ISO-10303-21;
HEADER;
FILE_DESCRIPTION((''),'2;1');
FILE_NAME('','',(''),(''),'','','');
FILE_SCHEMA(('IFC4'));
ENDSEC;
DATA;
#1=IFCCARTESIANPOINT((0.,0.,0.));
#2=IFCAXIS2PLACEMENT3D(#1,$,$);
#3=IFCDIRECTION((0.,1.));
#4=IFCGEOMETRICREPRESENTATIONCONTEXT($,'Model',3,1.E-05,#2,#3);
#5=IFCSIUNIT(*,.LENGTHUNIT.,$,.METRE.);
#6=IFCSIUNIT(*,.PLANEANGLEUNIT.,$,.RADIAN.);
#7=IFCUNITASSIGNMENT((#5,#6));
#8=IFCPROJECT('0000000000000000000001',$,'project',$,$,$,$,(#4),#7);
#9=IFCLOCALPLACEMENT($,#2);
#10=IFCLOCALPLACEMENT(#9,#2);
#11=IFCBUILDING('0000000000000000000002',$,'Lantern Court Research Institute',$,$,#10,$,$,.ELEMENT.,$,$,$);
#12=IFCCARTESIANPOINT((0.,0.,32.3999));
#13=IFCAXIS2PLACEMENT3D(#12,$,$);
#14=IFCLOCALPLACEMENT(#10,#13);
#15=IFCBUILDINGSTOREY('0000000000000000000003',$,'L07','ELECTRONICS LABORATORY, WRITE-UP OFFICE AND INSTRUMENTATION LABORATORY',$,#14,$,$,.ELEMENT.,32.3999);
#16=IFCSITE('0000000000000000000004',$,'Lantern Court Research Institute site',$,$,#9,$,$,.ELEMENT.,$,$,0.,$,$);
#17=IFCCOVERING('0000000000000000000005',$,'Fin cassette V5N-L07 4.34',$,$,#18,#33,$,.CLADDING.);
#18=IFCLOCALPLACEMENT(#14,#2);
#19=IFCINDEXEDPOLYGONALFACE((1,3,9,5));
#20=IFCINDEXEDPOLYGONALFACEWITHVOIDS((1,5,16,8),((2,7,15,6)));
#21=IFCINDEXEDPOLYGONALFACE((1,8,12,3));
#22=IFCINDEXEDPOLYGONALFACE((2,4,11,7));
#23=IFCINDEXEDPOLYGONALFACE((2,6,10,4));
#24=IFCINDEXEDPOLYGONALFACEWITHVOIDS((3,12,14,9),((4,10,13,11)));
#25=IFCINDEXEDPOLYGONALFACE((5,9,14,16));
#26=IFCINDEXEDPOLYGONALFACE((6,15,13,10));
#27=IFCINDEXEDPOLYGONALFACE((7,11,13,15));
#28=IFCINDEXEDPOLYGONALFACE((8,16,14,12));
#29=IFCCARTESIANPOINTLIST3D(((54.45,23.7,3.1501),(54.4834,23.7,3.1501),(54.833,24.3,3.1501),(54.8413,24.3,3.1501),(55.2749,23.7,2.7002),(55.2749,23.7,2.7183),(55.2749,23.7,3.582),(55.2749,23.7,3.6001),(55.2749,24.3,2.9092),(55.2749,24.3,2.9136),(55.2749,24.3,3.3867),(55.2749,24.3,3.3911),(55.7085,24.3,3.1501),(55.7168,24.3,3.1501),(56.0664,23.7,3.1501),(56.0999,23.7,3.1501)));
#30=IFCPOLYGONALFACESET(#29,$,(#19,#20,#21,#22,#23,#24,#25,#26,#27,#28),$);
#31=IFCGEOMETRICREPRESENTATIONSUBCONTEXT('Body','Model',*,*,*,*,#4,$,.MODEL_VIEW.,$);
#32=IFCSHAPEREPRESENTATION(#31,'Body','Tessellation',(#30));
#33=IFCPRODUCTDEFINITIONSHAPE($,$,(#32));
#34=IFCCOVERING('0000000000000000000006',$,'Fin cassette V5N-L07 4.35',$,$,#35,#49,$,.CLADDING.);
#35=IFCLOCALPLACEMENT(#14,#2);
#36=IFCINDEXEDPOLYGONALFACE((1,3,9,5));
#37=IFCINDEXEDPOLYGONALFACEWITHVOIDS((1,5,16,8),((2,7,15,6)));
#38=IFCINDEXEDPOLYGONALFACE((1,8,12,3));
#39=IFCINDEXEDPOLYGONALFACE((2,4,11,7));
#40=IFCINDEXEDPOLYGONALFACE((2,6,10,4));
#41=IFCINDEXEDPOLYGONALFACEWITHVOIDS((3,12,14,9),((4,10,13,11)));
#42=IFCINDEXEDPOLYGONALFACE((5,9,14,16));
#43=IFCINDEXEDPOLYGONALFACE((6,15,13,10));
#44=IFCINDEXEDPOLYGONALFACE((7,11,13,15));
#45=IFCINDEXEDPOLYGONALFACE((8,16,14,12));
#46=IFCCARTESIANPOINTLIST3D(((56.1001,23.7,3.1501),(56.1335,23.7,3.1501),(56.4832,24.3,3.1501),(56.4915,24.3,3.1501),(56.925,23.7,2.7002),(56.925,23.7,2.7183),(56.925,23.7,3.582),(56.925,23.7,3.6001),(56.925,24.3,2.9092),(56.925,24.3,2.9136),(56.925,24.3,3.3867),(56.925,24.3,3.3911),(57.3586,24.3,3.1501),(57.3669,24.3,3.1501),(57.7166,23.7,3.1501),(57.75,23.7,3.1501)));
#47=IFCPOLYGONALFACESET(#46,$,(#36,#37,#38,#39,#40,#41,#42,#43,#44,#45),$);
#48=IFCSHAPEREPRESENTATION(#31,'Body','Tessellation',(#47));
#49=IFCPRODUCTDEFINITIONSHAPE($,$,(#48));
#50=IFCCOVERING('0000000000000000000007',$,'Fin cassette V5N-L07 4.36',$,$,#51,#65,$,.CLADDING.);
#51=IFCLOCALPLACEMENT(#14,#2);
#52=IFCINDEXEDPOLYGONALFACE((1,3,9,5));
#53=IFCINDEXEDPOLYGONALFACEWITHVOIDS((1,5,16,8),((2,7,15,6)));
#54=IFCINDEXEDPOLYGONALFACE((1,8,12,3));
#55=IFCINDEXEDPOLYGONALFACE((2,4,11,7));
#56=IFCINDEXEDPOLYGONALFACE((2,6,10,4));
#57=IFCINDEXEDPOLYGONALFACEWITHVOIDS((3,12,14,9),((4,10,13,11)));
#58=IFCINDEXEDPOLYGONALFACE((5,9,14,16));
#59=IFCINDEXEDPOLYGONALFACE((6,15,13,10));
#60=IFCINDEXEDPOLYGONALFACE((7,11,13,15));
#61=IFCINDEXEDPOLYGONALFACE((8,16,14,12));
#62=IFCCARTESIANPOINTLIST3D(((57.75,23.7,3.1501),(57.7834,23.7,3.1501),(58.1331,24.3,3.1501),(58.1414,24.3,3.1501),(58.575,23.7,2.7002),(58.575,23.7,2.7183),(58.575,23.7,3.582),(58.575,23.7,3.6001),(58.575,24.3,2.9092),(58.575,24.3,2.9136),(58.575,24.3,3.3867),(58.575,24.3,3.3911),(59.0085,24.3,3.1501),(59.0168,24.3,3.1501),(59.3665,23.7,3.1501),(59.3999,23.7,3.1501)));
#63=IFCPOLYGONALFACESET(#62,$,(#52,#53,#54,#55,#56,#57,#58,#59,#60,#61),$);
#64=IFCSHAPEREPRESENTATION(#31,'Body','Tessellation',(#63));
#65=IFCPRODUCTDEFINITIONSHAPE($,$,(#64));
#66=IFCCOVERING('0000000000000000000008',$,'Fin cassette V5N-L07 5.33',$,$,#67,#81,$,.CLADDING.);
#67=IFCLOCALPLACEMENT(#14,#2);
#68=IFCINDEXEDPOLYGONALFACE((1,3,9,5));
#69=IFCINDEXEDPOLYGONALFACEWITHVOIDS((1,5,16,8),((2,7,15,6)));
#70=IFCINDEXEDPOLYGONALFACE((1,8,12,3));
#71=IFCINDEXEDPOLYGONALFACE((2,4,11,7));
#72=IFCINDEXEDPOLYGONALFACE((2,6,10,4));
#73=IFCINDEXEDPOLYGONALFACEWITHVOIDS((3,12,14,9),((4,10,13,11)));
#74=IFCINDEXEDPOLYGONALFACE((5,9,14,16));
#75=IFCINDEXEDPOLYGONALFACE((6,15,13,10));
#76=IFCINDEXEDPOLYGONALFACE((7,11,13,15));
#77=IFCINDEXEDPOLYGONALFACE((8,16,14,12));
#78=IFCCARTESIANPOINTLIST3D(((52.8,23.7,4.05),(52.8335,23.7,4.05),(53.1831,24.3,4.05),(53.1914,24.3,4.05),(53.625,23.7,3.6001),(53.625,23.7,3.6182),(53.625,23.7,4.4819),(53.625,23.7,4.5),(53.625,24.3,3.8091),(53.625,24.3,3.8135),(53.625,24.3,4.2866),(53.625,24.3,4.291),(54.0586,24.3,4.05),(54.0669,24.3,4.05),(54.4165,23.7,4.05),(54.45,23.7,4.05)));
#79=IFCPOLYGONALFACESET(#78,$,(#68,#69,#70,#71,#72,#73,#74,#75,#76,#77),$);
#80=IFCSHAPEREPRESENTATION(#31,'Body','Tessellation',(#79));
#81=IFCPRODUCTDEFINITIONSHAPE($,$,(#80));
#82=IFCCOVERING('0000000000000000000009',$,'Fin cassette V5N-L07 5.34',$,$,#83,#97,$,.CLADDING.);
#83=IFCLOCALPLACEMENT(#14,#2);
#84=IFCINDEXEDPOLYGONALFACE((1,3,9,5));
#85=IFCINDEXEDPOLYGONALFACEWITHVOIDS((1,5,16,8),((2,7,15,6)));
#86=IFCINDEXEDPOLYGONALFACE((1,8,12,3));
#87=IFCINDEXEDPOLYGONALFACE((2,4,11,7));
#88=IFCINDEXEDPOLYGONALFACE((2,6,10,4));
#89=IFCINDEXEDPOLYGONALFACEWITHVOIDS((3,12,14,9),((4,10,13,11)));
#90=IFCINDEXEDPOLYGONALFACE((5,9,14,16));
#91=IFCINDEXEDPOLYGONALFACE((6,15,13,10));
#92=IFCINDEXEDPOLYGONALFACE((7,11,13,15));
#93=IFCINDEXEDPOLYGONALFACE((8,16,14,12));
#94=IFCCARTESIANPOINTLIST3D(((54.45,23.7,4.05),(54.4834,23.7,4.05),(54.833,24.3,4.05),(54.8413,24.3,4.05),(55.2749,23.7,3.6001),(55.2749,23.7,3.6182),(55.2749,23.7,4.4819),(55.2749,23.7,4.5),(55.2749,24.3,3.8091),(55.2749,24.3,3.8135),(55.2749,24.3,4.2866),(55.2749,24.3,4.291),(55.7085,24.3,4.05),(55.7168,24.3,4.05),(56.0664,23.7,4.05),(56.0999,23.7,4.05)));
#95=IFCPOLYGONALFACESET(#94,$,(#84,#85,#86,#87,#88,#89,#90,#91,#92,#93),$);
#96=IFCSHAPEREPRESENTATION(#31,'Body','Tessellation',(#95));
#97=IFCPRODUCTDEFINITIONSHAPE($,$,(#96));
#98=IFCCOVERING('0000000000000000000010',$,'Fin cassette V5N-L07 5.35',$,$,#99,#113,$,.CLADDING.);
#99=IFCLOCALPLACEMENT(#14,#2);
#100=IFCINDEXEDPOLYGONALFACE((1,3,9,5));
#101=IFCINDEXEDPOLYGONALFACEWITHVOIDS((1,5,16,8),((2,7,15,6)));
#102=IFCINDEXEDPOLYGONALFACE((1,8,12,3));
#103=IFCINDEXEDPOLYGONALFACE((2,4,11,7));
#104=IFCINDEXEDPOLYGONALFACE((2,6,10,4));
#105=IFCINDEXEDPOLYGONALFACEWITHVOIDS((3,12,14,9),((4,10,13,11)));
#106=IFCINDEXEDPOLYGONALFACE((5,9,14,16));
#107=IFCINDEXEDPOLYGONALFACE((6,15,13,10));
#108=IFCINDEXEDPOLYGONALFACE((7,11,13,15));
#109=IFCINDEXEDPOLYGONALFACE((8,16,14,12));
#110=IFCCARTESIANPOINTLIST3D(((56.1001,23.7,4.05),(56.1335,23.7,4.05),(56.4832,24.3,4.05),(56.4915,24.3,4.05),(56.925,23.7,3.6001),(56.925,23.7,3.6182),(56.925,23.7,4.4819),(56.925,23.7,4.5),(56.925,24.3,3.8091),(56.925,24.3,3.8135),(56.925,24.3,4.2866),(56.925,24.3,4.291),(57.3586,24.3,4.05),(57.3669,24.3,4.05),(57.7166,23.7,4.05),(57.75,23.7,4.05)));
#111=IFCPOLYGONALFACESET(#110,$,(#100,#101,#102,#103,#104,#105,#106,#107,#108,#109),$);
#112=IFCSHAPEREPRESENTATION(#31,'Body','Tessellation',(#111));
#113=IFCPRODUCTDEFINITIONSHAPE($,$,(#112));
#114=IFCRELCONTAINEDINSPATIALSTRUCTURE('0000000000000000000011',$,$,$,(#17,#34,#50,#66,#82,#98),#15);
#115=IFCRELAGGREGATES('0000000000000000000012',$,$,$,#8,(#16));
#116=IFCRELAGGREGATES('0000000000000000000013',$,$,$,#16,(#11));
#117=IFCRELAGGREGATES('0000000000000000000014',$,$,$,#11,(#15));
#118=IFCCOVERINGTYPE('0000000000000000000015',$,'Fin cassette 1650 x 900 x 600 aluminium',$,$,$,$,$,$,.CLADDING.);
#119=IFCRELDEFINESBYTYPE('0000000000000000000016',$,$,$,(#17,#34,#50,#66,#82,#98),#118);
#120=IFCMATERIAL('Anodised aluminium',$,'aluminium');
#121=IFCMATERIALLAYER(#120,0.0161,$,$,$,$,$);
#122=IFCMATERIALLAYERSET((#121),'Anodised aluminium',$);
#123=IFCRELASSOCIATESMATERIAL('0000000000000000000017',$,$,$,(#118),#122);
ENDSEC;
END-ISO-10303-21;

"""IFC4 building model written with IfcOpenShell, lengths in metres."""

from ifc_helpers import new_model, entity, si_unit, direction, frame, origin, place, context, subcontext, project, spatial, material, layer, layer_set, type_object, element, save


model = new_model("IFC4")

# Units and contexts
model_context = context("Model", 3, precision=1e-05, world=origin(), true_north=direction((0.0, 1.0)))
body_context = subcontext(model_context, "Body", "Model", "MODEL_VIEW")
ifc_project = project(units=[si_unit("LENGTHUNIT", "METRE"), si_unit("PLANEANGLEUNIT", "RADIAN")], contexts=[model_context])

# Site, building, storey
site_placement = place(None, origin())
site = spatial("IfcSite", under=ifc_project, at=site_placement, Name="Lantern Court Research Institute site", CompositionType="ELEMENT", RefElevation=0.0)
building_placement = place(site_placement, origin())
building = spatial("IfcBuilding", under=site, at=building_placement, Name="Lantern Court Research Institute", CompositionType="ELEMENT")
storey_placement = place(building_placement, frame((0.0, 0.0, 32.3999)))
storey = spatial("IfcBuildingStorey", under=building, at=storey_placement, Name="L07", Description="ELECTRONICS LABORATORY, WRITE-UP OFFICE AND INSTRUMENTATION LABORATORY", CompositionType="ELEMENT", Elevation=32.3999)

# Coverings
ifc_material_1 = material(Name="Anodised aluminium", Category="aluminium")
ifc_layer_1 = layer(ifc_material_1, 0.0161)
ifc_layer_set_1 = layer_set([ifc_layer_1], Name="Anodised aluminium")
covering_type = type_object("IfcCoveringType", Name="Fin cassette 1650 x 900 x 600 aluminium", PredefinedType="CLADDING", material=ifc_layer_set_1)
covering_1_placement = place(storey_placement, frame((55.2749, 23.7, 3.1501), z_axis=(0.0, 1.0, 0.0), x_axis=(-1.0, 0.0, 0.0)))
cartesian_point_1 = entity("IfcCartesianPoint", [0.825, 0.0])
cartesian_point_2 = entity("IfcCartesianPoint", [0.7915, 0.0])
cartesian_point_3 = entity("IfcCartesianPoint", [0.4419, 0.0])
cartesian_point_4 = entity("IfcCartesianPoint", [0.4336, 0.0])
element("IfcCovering", 1, at=covering_1_placement, inside=storey, type_object=covering_type, Name="Fin cassette V5N-L07 4.34", PredefinedType="CLADDING", context=body_context, shape_type="SweptSolid", body=[
    entity("IfcExtrudedAreaSolidTapered", entity("IfcArbitraryProfileDefWithVoids", "AREA", None, entity("IfcPolyline", [cartesian_point_1, entity("IfcCartesianPoint", [0.0, 0.45]), entity("IfcCartesianPoint", [-0.825, 0.0]), entity("IfcCartesianPoint", [0.0, -0.45]), cartesian_point_1]), [entity("IfcPolyline", [cartesian_point_2, entity("IfcCartesianPoint", [0.0, 0.4319]), entity("IfcCartesianPoint", [-0.7915, 0.0]), entity("IfcCartesianPoint", [0.0, -0.4319]), cartesian_point_2])]), entity("IfcAxis2Placement3D", entity("IfcCartesianPoint", [0.0, 0.0, 0.0])), entity("IfcDirection", [0.0, 0.0, 1.0]), 0.6001, entity("IfcArbitraryProfileDefWithVoids", "AREA", None, entity("IfcPolyline", [cartesian_point_3, entity("IfcCartesianPoint", [0.0, 0.241]), entity("IfcCartesianPoint", [-0.4419, 0.0]), entity("IfcCartesianPoint", [0.0, -0.241]), cartesian_point_3]), [entity("IfcPolyline", [cartesian_point_4, entity("IfcCartesianPoint", [0.0, 0.2366]), entity("IfcCartesianPoint", [-0.4336, 0.0]), entity("IfcCartesianPoint", [0.0, -0.2366]), cartesian_point_4])])),
])
covering_2_placement = place(storey_placement, frame((56.925, 23.7, 3.1501), z_axis=(0.0, 1.0, 0.0), x_axis=(-1.0, 0.0, 0.0)))
cartesian_point_5 = entity("IfcCartesianPoint", [0.825, 0.0])
cartesian_point_6 = entity("IfcCartesianPoint", [0.7915, 0.0])
cartesian_point_7 = entity("IfcCartesianPoint", [0.4419, 0.0])
cartesian_point_8 = entity("IfcCartesianPoint", [0.4336, 0.0])
element("IfcCovering", 2, at=covering_2_placement, inside=storey, type_object=covering_type, Name="Fin cassette V5N-L07 4.35", PredefinedType="CLADDING", context=body_context, shape_type="SweptSolid", body=[
    entity("IfcExtrudedAreaSolidTapered", entity("IfcArbitraryProfileDefWithVoids", "AREA", None, entity("IfcPolyline", [cartesian_point_5, entity("IfcCartesianPoint", [0.0, 0.45]), entity("IfcCartesianPoint", [-0.825, 0.0]), entity("IfcCartesianPoint", [0.0, -0.45]), cartesian_point_5]), [entity("IfcPolyline", [cartesian_point_6, entity("IfcCartesianPoint", [0.0, 0.4319]), entity("IfcCartesianPoint", [-0.7915, 0.0]), entity("IfcCartesianPoint", [0.0, -0.4319]), cartesian_point_6])]), entity("IfcAxis2Placement3D", entity("IfcCartesianPoint", [0.0, 0.0, 0.0])), entity("IfcDirection", [0.0, 0.0, 1.0]), 0.6001, entity("IfcArbitraryProfileDefWithVoids", "AREA", None, entity("IfcPolyline", [cartesian_point_7, entity("IfcCartesianPoint", [0.0, 0.241]), entity("IfcCartesianPoint", [-0.4419, 0.0]), entity("IfcCartesianPoint", [0.0, -0.241]), cartesian_point_7]), [entity("IfcPolyline", [cartesian_point_8, entity("IfcCartesianPoint", [0.0, 0.2366]), entity("IfcCartesianPoint", [-0.4336, 0.0]), entity("IfcCartesianPoint", [0.0, -0.2366]), cartesian_point_8])])),
])
covering_3_placement = place(storey_placement, frame((58.575, 23.7, 3.1501), z_axis=(0.0, 1.0, 0.0), x_axis=(-1.0, 0.0, 0.0)))
cartesian_point_9 = entity("IfcCartesianPoint", [0.825, 0.0])
cartesian_point_10 = entity("IfcCartesianPoint", [0.7915, 0.0])
cartesian_point_11 = entity("IfcCartesianPoint", [0.4419, 0.0])
cartesian_point_12 = entity("IfcCartesianPoint", [0.4336, 0.0])
element("IfcCovering", 3, at=covering_3_placement, inside=storey, type_object=covering_type, Name="Fin cassette V5N-L07 4.36", PredefinedType="CLADDING", context=body_context, shape_type="SweptSolid", body=[
    entity("IfcExtrudedAreaSolidTapered", entity("IfcArbitraryProfileDefWithVoids", "AREA", None, entity("IfcPolyline", [cartesian_point_9, entity("IfcCartesianPoint", [0.0, 0.45]), entity("IfcCartesianPoint", [-0.825, 0.0]), entity("IfcCartesianPoint", [0.0, -0.45]), cartesian_point_9]), [entity("IfcPolyline", [cartesian_point_10, entity("IfcCartesianPoint", [0.0, 0.4319]), entity("IfcCartesianPoint", [-0.7915, 0.0]), entity("IfcCartesianPoint", [0.0, -0.4319]), cartesian_point_10])]), entity("IfcAxis2Placement3D", entity("IfcCartesianPoint", [0.0, 0.0, 0.0])), entity("IfcDirection", [0.0, 0.0, 1.0]), 0.6001, entity("IfcArbitraryProfileDefWithVoids", "AREA", None, entity("IfcPolyline", [cartesian_point_11, entity("IfcCartesianPoint", [0.0, 0.241]), entity("IfcCartesianPoint", [-0.4419, 0.0]), entity("IfcCartesianPoint", [0.0, -0.241]), cartesian_point_11]), [entity("IfcPolyline", [cartesian_point_12, entity("IfcCartesianPoint", [0.0, 0.2366]), entity("IfcCartesianPoint", [-0.4336, 0.0]), entity("IfcCartesianPoint", [0.0, -0.2366]), cartesian_point_12])])),
])
covering_4_placement = place(storey_placement, frame((53.625, 23.7, 4.05), z_axis=(0.0, 1.0, 0.0), x_axis=(-1.0, 0.0, 0.0)))
cartesian_point_13 = entity("IfcCartesianPoint", [0.825, 0.0])
cartesian_point_14 = entity("IfcCartesianPoint", [0.7915, 0.0])
cartesian_point_15 = entity("IfcCartesianPoint", [0.4419, 0.0])
cartesian_point_16 = entity("IfcCartesianPoint", [0.4336, 0.0])
element("IfcCovering", 4, at=covering_4_placement, inside=storey, type_object=covering_type, Name="Fin cassette V5N-L07 5.33", PredefinedType="CLADDING", context=body_context, shape_type="SweptSolid", body=[
    entity("IfcExtrudedAreaSolidTapered", entity("IfcArbitraryProfileDefWithVoids", "AREA", None, entity("IfcPolyline", [cartesian_point_13, entity("IfcCartesianPoint", [0.0, 0.45]), entity("IfcCartesianPoint", [-0.825, 0.0]), entity("IfcCartesianPoint", [0.0, -0.45]), cartesian_point_13]), [entity("IfcPolyline", [cartesian_point_14, entity("IfcCartesianPoint", [0.0, 0.4319]), entity("IfcCartesianPoint", [-0.7915, 0.0]), entity("IfcCartesianPoint", [0.0, -0.4319]), cartesian_point_14])]), entity("IfcAxis2Placement3D", entity("IfcCartesianPoint", [0.0, 0.0, 0.0])), entity("IfcDirection", [0.0, 0.0, 1.0]), 0.6001, entity("IfcArbitraryProfileDefWithVoids", "AREA", None, entity("IfcPolyline", [cartesian_point_15, entity("IfcCartesianPoint", [0.0, 0.241]), entity("IfcCartesianPoint", [-0.4419, 0.0]), entity("IfcCartesianPoint", [0.0, -0.241]), cartesian_point_15]), [entity("IfcPolyline", [cartesian_point_16, entity("IfcCartesianPoint", [0.0, 0.2366]), entity("IfcCartesianPoint", [-0.4336, 0.0]), entity("IfcCartesianPoint", [0.0, -0.2366]), cartesian_point_16])])),
])
covering_5_placement = place(storey_placement, frame((55.2749, 23.7, 4.05), z_axis=(0.0, 1.0, 0.0), x_axis=(-1.0, 0.0, 0.0)))
cartesian_point_17 = entity("IfcCartesianPoint", [0.825, 0.0])
cartesian_point_18 = entity("IfcCartesianPoint", [0.7915, 0.0])
cartesian_point_19 = entity("IfcCartesianPoint", [0.4419, 0.0])
cartesian_point_20 = entity("IfcCartesianPoint", [0.4336, 0.0])
element("IfcCovering", 5, at=covering_5_placement, inside=storey, type_object=covering_type, Name="Fin cassette V5N-L07 5.34", PredefinedType="CLADDING", context=body_context, shape_type="SweptSolid", body=[
    entity("IfcExtrudedAreaSolidTapered", entity("IfcArbitraryProfileDefWithVoids", "AREA", None, entity("IfcPolyline", [cartesian_point_17, entity("IfcCartesianPoint", [0.0, 0.45]), entity("IfcCartesianPoint", [-0.825, 0.0]), entity("IfcCartesianPoint", [0.0, -0.45]), cartesian_point_17]), [entity("IfcPolyline", [cartesian_point_18, entity("IfcCartesianPoint", [0.0, 0.4319]), entity("IfcCartesianPoint", [-0.7915, 0.0]), entity("IfcCartesianPoint", [0.0, -0.4319]), cartesian_point_18])]), entity("IfcAxis2Placement3D", entity("IfcCartesianPoint", [0.0, 0.0, 0.0])), entity("IfcDirection", [0.0, 0.0, 1.0]), 0.6001, entity("IfcArbitraryProfileDefWithVoids", "AREA", None, entity("IfcPolyline", [cartesian_point_19, entity("IfcCartesianPoint", [0.0, 0.241]), entity("IfcCartesianPoint", [-0.4419, 0.0]), entity("IfcCartesianPoint", [0.0, -0.241]), cartesian_point_19]), [entity("IfcPolyline", [cartesian_point_20, entity("IfcCartesianPoint", [0.0, 0.2366]), entity("IfcCartesianPoint", [-0.4336, 0.0]), entity("IfcCartesianPoint", [0.0, -0.2366]), cartesian_point_20])])),
])
covering_6_placement = place(storey_placement, frame((56.925, 23.7, 4.05), z_axis=(0.0, 1.0, 0.0), x_axis=(-1.0, 0.0, 0.0)))
cartesian_point_21 = entity("IfcCartesianPoint", [0.825, 0.0])
cartesian_point_22 = entity("IfcCartesianPoint", [0.7915, 0.0])
cartesian_point_23 = entity("IfcCartesianPoint", [0.4419, 0.0])
cartesian_point_24 = entity("IfcCartesianPoint", [0.4336, 0.0])
element("IfcCovering", 6, at=covering_6_placement, inside=storey, type_object=covering_type, Name="Fin cassette V5N-L07 5.35", PredefinedType="CLADDING", context=body_context, shape_type="SweptSolid", body=[
    entity("IfcExtrudedAreaSolidTapered", entity("IfcArbitraryProfileDefWithVoids", "AREA", None, entity("IfcPolyline", [cartesian_point_21, entity("IfcCartesianPoint", [0.0, 0.45]), entity("IfcCartesianPoint", [-0.825, 0.0]), entity("IfcCartesianPoint", [0.0, -0.45]), cartesian_point_21]), [entity("IfcPolyline", [cartesian_point_22, entity("IfcCartesianPoint", [0.0, 0.4319]), entity("IfcCartesianPoint", [-0.7915, 0.0]), entity("IfcCartesianPoint", [0.0, -0.4319]), cartesian_point_22])]), entity("IfcAxis2Placement3D", entity("IfcCartesianPoint", [0.0, 0.0, 0.0])), entity("IfcDirection", [0.0, 0.0, 1.0]), 0.6001, entity("IfcArbitraryProfileDefWithVoids", "AREA", None, entity("IfcPolyline", [cartesian_point_23, entity("IfcCartesianPoint", [0.0, 0.241]), entity("IfcCartesianPoint", [-0.4419, 0.0]), entity("IfcCartesianPoint", [0.0, -0.241]), cartesian_point_23]), [entity("IfcPolyline", [cartesian_point_24, entity("IfcCartesianPoint", [0.0, 0.2366]), entity("IfcCartesianPoint", [-0.4336, 0.0]), entity("IfcCartesianPoint", [0.0, -0.2366]), cartesian_point_24])])),
])

save(model, "model.ifc")
